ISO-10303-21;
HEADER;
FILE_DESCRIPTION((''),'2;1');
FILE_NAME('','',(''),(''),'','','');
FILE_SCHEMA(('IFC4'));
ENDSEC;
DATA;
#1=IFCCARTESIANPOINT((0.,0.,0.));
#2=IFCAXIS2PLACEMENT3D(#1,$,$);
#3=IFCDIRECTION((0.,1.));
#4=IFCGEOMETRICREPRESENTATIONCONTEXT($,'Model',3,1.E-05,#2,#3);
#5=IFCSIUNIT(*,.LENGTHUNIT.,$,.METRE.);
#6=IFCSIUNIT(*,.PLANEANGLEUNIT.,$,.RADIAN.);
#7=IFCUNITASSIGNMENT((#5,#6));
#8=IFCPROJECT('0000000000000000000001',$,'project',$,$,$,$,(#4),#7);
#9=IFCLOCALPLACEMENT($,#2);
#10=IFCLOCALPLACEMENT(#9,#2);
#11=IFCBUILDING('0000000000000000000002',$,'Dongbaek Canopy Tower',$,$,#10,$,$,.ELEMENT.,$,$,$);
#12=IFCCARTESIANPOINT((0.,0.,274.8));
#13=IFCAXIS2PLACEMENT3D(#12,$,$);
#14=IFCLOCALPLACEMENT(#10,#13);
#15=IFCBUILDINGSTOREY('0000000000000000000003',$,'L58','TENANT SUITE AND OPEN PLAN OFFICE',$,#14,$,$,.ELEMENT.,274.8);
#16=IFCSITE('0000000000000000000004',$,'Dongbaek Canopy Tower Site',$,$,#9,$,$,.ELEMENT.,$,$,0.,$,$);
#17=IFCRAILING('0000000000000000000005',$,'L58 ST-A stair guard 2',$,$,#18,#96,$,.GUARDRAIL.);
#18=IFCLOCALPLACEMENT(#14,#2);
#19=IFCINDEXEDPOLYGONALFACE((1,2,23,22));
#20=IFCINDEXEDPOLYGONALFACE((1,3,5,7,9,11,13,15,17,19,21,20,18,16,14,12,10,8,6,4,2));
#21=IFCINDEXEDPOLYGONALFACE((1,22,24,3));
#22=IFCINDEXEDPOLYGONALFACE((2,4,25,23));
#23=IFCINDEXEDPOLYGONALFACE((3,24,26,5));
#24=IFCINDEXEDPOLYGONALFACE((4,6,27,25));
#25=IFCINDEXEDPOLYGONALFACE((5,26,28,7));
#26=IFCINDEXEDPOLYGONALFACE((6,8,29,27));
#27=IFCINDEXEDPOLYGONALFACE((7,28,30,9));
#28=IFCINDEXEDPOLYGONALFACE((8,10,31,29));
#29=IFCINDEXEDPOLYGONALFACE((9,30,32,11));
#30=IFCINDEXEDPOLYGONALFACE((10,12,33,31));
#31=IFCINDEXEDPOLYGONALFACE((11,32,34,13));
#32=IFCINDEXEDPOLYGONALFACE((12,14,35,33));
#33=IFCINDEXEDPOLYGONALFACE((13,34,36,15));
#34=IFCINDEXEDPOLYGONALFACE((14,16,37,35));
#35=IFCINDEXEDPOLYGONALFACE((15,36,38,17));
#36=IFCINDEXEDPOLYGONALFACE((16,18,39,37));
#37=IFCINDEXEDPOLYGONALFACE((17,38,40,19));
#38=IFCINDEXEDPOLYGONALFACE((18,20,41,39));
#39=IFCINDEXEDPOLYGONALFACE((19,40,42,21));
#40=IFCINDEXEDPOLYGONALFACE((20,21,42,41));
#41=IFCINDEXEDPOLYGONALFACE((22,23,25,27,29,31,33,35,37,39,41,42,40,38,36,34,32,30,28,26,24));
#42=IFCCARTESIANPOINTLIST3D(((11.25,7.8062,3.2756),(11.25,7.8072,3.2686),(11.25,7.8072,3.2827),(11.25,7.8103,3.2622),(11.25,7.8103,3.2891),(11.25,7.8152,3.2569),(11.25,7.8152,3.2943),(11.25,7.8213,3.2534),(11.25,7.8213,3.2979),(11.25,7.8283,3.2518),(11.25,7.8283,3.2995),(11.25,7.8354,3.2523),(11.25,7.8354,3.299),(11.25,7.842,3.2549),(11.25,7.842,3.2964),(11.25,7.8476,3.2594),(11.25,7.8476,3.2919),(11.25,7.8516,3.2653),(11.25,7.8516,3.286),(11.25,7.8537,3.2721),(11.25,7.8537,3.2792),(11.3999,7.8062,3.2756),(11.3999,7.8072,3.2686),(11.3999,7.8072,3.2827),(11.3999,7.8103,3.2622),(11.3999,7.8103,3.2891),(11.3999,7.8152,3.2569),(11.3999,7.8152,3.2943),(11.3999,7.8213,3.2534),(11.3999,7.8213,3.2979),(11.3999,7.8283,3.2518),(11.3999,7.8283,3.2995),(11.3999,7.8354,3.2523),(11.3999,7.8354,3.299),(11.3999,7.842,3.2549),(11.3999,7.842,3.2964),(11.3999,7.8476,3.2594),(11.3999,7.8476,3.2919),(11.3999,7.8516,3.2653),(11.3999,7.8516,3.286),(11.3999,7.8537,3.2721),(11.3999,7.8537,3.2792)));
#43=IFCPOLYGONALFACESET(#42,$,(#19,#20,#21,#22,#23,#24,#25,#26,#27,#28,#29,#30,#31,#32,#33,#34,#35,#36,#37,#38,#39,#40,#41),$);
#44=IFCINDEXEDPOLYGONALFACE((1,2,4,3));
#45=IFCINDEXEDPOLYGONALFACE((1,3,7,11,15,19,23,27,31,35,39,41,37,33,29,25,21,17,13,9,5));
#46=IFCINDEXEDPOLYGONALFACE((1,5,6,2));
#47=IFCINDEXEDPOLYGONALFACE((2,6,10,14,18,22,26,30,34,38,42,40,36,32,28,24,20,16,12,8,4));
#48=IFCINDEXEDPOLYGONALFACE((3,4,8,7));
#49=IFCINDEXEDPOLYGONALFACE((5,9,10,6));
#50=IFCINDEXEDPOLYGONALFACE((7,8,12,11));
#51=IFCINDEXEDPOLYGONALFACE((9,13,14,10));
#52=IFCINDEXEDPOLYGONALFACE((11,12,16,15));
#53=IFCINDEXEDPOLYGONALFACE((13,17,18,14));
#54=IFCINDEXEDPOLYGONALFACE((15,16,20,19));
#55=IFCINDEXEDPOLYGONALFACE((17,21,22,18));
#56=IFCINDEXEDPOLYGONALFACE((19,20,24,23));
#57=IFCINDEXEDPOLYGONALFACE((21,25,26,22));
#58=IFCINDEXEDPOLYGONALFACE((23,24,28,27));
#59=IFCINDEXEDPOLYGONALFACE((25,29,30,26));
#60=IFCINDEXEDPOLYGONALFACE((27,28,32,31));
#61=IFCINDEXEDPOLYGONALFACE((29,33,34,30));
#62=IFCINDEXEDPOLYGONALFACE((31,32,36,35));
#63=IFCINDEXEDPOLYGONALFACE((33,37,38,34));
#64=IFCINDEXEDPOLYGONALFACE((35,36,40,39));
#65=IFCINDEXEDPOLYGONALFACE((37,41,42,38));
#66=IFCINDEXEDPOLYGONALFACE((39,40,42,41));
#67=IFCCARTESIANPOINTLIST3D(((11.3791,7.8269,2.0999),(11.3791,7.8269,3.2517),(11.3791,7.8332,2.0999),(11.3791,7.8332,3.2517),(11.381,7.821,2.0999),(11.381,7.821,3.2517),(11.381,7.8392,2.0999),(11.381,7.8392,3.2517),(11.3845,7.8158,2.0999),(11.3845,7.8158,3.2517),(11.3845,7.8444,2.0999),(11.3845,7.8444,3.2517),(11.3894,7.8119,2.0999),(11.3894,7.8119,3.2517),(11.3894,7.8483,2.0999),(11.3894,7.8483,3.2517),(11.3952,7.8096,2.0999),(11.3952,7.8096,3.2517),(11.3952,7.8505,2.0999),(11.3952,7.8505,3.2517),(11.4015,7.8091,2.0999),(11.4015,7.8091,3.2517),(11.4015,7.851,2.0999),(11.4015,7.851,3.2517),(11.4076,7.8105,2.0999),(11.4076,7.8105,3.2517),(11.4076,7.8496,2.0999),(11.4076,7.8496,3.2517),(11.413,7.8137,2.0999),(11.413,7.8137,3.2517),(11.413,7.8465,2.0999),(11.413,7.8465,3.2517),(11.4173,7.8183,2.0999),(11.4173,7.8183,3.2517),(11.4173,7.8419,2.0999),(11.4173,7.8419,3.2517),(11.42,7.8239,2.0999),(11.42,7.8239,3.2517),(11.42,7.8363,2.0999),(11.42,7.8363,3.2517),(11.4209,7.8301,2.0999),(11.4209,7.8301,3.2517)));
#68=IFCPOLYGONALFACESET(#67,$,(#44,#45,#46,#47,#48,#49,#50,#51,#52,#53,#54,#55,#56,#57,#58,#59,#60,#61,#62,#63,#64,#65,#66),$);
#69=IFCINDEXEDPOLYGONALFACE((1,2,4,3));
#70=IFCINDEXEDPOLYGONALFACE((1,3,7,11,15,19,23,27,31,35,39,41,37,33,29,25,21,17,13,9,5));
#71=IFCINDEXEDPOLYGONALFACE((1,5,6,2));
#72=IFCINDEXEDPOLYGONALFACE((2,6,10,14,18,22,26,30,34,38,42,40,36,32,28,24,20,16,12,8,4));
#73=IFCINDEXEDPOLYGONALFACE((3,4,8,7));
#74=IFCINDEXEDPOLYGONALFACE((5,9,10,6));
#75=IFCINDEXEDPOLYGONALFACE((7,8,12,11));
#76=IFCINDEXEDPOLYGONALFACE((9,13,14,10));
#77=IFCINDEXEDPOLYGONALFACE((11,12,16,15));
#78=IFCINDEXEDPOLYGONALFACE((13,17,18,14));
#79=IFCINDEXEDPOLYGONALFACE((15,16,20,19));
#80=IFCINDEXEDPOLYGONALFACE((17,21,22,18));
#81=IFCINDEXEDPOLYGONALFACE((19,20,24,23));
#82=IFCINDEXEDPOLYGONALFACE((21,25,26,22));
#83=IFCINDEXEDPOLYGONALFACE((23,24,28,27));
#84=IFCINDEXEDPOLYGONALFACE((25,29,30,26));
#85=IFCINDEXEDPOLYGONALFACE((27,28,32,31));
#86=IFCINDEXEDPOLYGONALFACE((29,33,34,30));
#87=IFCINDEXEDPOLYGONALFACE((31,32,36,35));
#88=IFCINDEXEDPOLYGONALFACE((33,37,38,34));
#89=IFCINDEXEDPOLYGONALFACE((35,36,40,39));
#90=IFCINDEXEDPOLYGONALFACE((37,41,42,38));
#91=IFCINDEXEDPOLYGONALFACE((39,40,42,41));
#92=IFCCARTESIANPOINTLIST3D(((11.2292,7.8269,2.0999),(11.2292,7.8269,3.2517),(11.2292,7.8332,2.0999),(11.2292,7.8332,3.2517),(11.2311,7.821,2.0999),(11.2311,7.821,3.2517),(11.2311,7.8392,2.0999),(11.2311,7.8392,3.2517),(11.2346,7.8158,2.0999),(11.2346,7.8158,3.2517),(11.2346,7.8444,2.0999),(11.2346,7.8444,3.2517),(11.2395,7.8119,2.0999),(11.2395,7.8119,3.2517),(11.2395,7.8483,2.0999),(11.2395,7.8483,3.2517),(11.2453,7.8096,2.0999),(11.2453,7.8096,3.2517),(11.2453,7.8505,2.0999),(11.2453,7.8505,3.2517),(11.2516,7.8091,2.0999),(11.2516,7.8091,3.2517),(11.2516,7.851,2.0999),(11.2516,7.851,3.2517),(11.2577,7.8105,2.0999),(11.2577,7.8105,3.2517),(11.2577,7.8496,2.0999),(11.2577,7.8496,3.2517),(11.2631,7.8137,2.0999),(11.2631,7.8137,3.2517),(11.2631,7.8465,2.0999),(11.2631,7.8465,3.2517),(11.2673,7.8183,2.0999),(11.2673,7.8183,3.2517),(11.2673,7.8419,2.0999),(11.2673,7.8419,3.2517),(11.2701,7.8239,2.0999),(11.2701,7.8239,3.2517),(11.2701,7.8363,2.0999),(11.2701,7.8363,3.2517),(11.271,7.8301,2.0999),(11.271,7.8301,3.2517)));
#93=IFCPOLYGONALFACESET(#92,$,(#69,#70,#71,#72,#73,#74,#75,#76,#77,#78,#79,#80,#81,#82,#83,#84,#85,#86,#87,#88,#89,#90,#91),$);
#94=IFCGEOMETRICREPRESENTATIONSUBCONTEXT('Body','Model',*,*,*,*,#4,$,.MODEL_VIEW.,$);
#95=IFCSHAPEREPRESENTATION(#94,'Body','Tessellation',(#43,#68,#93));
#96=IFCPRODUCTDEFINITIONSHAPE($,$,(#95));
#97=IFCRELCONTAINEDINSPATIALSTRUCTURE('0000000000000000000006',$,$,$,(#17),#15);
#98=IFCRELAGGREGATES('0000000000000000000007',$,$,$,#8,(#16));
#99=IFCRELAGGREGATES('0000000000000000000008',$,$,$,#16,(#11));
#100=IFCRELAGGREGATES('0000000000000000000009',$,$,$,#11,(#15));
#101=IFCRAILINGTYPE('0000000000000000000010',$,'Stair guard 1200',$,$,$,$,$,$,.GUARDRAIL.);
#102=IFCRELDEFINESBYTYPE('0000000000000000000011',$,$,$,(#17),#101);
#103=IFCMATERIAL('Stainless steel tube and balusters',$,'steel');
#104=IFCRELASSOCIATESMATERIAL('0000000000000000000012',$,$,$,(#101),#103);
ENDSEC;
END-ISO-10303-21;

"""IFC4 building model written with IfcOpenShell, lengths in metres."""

from ifc_helpers import new_model, si_unit, direction, frame, origin, origin_2d, place, context, subcontext, project, spatial, circle, extrude, material, type_object, element, save


model = new_model("IFC4")

# Units and contexts
model_context = context("Model", 3, precision=1e-05, world=origin(), true_north=direction((0.0, 1.0)))
body_context = subcontext(model_context, "Body", "Model", "MODEL_VIEW")
ifc_project = project(units=[si_unit("LENGTHUNIT", "METRE"), si_unit("PLANEANGLEUNIT", "RADIAN")], contexts=[model_context])

# Site, building, storey
site_placement = place(None, origin())
site = spatial("IfcSite", under=ifc_project, at=site_placement, Name="Dongbaek Canopy Tower Site", CompositionType="ELEMENT", RefElevation=0.0)
building_placement = place(site_placement, origin())
building = spatial("IfcBuilding", under=site, at=building_placement, Name="Dongbaek Canopy Tower", CompositionType="ELEMENT")
storey_placement = place(building_placement, frame((0.0, 0.0, 274.8)))
storey = spatial("IfcBuildingStorey", under=building, at=storey_placement, Name="L58", Description="TENANT SUITE AND OPEN PLAN OFFICE", CompositionType="ELEMENT", Elevation=274.8)

# Railing
ifc_material_1 = material(Name="Stainless steel tube and balusters", Category="steel")
railing_type_1 = type_object("IfcRailingType", Name="Stair guard 1200", PredefinedType="GUARDRAIL", material=ifc_material_1)
railing_1_placement = place(storey_placement, frame((11.3999, 7.8301, 2.0999)))
element("IfcRailing", 1, at=railing_1_placement, inside=storey, type_object=railing_type_1, Name="L58 ST-A stair guard 2", PredefinedType="GUARDRAIL", context=body_context, shape_type="SweptSolid", body=[
    extrude(circle(Radius=0.0239, at=origin_2d()), frame((0.0, 0.0, 1.1758), z_axis=(-1.0, 0.0, 0.0), x_axis=(0.0, -1.0, 0.0)), (0.0, 0.0, 1.0), 0.1499),
    extrude(circle(Radius=0.021, at=origin_2d()), origin(), (0.0, 0.0, 1.0), 1.1519),
    extrude(circle(Radius=0.021, at=origin_2d()), frame((-0.1499, 0.0, 0.0)), (0.0, 0.0, 1.0), 1.1519),
])

save(model, "model.ifc")
